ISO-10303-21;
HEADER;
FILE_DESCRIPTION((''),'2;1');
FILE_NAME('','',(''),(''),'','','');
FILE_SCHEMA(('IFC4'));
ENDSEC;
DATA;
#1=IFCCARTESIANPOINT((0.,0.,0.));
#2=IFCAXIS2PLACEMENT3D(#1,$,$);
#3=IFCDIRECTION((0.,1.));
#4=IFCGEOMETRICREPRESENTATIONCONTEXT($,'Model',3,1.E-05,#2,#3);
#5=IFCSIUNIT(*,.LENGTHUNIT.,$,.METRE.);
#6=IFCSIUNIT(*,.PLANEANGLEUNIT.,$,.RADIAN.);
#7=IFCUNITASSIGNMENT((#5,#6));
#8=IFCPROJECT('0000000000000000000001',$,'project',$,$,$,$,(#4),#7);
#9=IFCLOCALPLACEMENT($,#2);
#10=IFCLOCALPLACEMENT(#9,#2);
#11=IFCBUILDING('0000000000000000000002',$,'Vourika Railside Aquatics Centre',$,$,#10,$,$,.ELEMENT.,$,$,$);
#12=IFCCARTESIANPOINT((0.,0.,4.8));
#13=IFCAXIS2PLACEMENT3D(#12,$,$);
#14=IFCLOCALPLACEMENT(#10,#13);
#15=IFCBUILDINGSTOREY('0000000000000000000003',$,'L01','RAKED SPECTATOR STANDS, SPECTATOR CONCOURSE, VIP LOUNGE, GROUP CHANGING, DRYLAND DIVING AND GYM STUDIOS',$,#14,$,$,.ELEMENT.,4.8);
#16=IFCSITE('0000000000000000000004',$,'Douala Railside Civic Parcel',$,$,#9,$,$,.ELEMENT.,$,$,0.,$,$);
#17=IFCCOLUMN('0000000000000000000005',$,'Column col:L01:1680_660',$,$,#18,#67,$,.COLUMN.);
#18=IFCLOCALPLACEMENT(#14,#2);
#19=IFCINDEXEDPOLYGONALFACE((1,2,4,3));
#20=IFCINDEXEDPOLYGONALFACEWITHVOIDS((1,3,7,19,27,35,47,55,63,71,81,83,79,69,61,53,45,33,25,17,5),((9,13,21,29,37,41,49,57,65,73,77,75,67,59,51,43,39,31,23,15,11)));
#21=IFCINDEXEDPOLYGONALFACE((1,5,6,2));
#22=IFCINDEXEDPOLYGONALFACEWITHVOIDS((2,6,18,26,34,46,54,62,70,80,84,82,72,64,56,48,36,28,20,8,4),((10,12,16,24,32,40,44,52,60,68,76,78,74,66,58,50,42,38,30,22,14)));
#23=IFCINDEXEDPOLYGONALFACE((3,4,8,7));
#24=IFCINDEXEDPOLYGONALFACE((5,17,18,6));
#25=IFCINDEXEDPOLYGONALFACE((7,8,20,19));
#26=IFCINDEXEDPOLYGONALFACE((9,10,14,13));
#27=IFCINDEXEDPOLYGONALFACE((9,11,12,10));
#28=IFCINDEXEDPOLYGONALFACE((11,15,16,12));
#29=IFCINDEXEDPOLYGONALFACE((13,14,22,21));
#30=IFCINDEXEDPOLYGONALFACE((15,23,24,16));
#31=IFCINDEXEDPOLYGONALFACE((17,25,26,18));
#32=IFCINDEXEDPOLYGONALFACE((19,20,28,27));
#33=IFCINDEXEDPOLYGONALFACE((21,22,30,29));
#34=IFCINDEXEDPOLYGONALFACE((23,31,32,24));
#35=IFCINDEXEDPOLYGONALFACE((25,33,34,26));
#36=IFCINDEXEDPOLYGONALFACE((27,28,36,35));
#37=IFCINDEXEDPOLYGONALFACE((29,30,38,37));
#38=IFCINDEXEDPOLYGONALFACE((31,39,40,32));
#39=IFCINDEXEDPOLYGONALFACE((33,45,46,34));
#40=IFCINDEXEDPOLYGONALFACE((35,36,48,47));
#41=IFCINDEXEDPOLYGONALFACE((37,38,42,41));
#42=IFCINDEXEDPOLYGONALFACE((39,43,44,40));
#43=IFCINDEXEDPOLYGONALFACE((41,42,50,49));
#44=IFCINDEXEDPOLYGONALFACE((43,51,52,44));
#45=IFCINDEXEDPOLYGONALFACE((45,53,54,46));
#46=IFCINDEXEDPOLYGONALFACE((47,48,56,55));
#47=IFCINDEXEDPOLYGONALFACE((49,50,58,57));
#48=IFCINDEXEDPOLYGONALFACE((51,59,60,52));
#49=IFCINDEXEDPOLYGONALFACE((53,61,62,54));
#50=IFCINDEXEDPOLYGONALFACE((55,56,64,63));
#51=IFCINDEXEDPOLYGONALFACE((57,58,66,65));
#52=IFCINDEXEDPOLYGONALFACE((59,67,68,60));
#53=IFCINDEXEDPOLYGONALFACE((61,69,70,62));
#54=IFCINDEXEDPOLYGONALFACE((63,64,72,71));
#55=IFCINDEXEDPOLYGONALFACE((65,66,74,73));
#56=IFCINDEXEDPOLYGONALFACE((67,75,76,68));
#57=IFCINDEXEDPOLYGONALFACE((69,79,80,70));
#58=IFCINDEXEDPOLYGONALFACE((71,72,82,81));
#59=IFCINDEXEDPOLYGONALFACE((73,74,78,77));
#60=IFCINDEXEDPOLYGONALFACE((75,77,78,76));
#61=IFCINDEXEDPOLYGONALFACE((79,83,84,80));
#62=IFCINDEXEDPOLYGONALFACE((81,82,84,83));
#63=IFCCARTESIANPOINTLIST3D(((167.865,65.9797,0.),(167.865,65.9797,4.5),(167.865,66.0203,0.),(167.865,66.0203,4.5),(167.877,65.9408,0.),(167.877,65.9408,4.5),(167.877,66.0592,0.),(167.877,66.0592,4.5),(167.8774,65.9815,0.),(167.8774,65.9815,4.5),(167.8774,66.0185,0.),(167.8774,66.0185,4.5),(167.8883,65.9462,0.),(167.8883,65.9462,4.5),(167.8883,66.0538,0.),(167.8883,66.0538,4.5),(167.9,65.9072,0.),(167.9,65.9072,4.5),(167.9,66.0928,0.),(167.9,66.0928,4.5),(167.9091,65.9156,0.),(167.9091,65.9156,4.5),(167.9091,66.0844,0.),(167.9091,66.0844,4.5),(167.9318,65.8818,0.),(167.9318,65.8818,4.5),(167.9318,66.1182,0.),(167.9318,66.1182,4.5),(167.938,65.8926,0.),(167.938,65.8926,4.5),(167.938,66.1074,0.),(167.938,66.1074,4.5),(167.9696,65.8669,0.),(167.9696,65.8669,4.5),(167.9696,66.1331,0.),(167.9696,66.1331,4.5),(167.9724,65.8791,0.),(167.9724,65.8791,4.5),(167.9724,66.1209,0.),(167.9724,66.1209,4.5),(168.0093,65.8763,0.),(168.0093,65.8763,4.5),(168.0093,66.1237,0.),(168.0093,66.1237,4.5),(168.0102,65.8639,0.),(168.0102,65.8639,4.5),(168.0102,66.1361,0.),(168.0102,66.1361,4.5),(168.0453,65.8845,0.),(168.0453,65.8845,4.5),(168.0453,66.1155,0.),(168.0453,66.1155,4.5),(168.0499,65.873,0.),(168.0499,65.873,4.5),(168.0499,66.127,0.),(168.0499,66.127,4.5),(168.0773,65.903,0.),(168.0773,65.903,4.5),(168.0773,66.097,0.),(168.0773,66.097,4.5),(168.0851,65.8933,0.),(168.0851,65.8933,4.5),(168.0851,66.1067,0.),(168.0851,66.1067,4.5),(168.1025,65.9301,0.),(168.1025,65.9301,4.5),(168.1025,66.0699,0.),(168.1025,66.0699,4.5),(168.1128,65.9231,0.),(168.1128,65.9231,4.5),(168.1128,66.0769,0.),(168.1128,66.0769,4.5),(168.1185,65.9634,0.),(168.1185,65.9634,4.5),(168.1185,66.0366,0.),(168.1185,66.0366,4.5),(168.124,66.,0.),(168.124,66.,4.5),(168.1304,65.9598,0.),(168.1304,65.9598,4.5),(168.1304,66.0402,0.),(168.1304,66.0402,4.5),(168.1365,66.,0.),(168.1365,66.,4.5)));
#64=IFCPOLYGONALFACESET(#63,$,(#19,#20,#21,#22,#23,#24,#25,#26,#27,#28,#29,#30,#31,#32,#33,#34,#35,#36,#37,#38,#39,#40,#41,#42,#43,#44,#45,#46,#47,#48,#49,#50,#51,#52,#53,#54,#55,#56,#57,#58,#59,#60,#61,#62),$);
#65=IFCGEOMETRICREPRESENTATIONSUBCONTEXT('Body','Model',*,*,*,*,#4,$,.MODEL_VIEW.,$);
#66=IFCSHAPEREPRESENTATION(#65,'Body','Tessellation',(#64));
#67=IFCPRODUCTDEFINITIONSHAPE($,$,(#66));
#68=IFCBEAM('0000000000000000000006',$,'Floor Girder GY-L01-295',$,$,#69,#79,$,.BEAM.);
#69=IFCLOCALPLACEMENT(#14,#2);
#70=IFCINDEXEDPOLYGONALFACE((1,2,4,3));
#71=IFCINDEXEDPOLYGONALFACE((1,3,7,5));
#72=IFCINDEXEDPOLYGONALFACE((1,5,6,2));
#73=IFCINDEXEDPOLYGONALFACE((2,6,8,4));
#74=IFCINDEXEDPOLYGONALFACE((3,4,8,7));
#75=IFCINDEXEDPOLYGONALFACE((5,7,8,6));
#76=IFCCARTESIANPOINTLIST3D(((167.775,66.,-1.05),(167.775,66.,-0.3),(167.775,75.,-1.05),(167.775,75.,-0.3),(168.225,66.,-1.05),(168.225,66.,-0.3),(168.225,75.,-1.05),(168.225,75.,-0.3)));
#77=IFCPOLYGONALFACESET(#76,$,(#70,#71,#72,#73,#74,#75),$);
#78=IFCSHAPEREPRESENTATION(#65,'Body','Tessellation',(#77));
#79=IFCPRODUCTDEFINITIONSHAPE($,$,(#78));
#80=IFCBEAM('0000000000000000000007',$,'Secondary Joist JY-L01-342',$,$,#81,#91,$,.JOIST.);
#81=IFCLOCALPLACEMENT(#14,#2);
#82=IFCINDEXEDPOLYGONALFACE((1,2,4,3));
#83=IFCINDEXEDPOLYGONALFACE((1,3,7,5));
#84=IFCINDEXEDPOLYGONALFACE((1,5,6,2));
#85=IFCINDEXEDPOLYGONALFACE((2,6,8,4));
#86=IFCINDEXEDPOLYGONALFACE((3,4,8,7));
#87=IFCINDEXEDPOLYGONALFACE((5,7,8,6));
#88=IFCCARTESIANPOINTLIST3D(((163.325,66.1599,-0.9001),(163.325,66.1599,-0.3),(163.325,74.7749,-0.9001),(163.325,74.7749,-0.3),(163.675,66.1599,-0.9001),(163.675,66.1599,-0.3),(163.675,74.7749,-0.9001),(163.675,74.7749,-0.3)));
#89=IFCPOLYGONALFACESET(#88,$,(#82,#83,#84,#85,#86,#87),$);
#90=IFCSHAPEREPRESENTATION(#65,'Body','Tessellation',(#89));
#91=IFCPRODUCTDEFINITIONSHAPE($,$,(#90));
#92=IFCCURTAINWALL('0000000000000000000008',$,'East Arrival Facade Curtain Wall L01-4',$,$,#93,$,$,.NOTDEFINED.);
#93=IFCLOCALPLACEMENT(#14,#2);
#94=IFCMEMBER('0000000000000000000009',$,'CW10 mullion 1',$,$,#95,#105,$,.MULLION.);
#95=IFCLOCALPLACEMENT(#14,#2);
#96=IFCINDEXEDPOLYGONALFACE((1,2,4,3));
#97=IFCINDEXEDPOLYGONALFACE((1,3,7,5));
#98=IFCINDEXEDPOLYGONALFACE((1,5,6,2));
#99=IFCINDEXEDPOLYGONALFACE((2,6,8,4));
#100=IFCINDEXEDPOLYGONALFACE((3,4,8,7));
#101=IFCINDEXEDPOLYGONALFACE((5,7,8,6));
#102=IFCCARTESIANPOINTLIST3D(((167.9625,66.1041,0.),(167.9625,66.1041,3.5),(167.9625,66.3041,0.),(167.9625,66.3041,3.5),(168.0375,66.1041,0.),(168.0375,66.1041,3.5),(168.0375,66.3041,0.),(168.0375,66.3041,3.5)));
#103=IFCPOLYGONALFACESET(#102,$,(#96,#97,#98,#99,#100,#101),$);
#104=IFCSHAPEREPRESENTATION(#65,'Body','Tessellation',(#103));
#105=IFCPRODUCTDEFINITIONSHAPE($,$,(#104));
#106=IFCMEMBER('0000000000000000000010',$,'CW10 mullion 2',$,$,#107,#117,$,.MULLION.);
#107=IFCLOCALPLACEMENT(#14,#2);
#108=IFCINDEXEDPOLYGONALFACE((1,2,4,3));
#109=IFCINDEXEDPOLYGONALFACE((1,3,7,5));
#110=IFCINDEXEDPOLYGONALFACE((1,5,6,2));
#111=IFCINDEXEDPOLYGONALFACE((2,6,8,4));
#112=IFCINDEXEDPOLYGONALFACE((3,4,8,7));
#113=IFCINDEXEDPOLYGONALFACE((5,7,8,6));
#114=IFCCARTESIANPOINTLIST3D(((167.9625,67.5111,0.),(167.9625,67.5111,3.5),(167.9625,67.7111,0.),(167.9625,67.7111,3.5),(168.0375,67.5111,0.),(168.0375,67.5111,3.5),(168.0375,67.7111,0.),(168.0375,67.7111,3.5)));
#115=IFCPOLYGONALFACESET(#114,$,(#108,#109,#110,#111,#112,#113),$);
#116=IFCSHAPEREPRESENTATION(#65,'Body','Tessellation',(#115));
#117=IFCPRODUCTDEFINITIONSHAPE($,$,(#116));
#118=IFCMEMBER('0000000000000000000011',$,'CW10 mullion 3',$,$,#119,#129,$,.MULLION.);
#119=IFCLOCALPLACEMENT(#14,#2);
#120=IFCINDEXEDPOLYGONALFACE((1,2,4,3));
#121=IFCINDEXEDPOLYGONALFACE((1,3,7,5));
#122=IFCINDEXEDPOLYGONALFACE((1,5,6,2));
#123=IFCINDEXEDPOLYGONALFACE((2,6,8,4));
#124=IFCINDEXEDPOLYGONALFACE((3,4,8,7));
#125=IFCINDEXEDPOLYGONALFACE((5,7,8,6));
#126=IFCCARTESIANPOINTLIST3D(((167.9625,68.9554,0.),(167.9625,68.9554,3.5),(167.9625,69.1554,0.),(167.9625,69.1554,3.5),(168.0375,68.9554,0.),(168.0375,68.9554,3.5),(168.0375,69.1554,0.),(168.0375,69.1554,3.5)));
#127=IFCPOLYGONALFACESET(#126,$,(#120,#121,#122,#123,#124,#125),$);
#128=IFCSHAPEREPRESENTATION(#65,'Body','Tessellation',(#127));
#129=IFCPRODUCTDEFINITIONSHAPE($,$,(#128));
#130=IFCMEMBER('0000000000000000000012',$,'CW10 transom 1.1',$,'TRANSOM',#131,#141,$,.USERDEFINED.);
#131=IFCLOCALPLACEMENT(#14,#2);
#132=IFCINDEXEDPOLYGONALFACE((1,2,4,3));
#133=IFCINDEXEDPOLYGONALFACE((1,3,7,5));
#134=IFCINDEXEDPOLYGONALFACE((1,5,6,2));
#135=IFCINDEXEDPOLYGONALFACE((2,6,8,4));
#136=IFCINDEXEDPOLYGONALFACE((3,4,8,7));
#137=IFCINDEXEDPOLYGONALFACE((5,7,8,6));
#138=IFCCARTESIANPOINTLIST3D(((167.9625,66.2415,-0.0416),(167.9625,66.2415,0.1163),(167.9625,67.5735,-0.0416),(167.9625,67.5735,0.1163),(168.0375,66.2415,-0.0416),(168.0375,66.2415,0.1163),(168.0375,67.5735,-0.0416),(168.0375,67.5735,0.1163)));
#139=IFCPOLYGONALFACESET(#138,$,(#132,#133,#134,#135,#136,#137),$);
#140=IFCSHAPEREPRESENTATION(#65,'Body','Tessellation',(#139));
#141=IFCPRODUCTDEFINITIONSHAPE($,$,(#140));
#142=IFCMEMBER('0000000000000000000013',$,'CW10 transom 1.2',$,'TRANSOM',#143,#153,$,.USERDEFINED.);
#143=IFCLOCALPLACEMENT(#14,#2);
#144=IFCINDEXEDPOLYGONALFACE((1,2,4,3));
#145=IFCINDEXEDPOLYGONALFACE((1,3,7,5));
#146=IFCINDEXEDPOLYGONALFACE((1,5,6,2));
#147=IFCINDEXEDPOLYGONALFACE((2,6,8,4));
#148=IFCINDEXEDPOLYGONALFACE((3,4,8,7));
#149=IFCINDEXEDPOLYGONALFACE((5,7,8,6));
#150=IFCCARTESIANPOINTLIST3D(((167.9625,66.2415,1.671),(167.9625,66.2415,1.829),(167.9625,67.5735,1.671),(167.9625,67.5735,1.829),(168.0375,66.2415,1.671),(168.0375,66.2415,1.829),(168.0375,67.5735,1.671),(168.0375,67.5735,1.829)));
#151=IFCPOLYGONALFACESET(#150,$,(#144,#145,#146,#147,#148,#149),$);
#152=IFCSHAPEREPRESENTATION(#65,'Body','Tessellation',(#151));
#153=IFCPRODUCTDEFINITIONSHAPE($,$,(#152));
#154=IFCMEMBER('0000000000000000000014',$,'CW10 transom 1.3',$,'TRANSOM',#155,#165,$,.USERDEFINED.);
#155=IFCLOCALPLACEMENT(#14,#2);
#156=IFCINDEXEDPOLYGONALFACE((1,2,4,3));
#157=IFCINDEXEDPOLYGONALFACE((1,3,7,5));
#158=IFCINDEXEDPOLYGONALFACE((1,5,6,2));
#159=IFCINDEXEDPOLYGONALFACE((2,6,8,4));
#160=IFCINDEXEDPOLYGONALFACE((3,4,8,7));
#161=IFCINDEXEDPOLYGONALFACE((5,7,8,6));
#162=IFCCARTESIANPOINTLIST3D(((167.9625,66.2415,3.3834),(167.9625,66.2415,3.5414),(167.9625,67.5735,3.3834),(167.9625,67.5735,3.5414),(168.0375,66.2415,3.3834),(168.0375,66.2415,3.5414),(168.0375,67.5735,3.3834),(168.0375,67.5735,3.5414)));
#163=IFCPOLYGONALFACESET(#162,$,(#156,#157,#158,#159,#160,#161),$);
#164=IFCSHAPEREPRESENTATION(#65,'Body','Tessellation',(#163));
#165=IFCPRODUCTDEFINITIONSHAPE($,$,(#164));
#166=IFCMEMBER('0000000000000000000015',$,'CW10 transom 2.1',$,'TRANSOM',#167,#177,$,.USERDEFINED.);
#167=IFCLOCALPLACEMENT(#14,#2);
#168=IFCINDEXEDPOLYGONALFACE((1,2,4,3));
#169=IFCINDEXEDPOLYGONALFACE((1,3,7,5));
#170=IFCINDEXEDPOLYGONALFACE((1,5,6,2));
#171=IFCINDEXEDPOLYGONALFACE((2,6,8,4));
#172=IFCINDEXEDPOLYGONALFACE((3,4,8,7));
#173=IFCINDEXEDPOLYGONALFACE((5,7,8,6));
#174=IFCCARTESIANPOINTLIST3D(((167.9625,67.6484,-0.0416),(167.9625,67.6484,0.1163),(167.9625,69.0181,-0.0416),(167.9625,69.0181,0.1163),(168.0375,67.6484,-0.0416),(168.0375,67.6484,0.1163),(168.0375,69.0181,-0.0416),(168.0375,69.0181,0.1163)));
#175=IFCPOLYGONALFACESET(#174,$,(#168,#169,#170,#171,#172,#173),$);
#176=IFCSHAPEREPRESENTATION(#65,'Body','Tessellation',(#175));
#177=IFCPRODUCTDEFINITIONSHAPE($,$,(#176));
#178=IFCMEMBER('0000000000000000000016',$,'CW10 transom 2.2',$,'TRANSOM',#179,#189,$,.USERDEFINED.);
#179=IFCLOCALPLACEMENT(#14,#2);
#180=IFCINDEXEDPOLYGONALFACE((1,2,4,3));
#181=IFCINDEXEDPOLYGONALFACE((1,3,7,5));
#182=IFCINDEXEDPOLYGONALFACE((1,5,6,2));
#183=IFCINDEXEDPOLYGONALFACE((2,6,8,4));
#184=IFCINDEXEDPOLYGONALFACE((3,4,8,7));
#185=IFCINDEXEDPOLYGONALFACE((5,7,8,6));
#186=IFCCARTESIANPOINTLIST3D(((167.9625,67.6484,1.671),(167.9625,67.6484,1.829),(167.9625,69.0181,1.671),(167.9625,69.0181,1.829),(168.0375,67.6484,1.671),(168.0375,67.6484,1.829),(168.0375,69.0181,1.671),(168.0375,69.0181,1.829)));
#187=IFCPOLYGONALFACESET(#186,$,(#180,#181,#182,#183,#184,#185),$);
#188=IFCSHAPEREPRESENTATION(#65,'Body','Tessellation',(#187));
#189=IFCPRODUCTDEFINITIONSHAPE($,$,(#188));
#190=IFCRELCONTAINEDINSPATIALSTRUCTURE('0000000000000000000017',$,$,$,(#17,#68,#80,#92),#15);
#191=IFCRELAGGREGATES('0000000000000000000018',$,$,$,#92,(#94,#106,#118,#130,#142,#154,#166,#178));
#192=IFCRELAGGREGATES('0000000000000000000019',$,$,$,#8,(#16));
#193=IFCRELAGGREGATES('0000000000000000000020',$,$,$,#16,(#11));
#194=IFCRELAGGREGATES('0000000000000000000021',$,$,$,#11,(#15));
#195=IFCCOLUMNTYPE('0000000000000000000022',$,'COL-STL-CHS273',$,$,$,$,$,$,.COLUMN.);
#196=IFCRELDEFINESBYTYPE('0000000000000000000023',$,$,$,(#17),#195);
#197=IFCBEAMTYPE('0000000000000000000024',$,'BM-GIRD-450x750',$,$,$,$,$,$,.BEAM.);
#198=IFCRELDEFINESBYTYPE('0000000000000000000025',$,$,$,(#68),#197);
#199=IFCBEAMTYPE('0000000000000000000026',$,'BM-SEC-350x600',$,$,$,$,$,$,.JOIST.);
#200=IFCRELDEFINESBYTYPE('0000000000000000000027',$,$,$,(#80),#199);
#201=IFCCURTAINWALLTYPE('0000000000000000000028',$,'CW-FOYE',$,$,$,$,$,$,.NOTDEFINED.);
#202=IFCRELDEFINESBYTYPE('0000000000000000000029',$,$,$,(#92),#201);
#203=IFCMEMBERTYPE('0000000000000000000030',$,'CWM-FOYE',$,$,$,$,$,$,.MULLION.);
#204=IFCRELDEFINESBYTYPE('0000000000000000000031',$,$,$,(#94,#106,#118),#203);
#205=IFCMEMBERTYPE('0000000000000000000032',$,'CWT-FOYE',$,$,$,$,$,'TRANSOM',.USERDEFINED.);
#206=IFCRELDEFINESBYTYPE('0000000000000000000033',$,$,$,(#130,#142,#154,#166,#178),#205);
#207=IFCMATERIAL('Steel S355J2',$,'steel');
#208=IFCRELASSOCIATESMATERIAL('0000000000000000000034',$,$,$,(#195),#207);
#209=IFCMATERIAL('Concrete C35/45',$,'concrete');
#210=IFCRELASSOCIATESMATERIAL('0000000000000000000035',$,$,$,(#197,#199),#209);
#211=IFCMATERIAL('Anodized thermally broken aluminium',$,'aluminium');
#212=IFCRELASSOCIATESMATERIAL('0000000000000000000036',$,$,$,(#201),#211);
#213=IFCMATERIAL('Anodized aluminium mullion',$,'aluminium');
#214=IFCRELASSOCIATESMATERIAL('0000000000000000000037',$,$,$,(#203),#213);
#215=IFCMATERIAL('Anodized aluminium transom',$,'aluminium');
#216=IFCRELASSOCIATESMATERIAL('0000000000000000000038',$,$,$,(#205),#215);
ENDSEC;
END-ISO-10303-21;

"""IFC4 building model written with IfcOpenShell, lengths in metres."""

from ifc_helpers import new_model, si_unit, direction, frame, origin, origin_2d, place, context, subcontext, project, spatial, rectangle, hollow_circle, extrude, material, material_profile, profile_set, type_object, element, aggregate, save


model = new_model("IFC4")

# Units and contexts
model_context = context("Model", 3, precision=1e-05, world=origin(), true_north=direction((0.0, 1.0)))
body_context = subcontext(model_context, "Body", "Model", "MODEL_VIEW")
ifc_project = project(units=[si_unit("LENGTHUNIT", "METRE"), si_unit("PLANEANGLEUNIT", "RADIAN")], contexts=[model_context])

# Site, building, storey
site_placement = place(None, origin())
site = spatial("IfcSite", under=ifc_project, at=site_placement, Name="Douala Railside Civic Parcel", CompositionType="ELEMENT", RefElevation=0.0)
building_placement = place(site_placement, origin())
building = spatial("IfcBuilding", under=site, at=building_placement, Name="Vourika Railside Aquatics Centre", CompositionType="ELEMENT")
storey_placement = place(building_placement, frame((0.0, 0.0, 4.8)))
storey = spatial("IfcBuildingStorey", under=building, at=storey_placement, Name="L01", Description="RAKED SPECTATOR STANDS, SPECTATOR CONCOURSE, VIP LOUNGE, GROUP CHANGING, DRYLAND DIVING AND GYM STUDIOS", CompositionType="ELEMENT", Elevation=4.8)

# Column
ifc_material_1 = material(Name="Steel S355J2", Category="steel")
ifc_material_profile_1 = material_profile(ifc_material_1, hollow_circle(Radius=0.1365, WallThickness=0.0125, at=origin_2d()), Name="CHS 273x12.5")
ifc_profile_set_1 = profile_set([ifc_material_profile_1], Name="Steel S355J2")
column_type = type_object("IfcColumnType", Name="COL-STL-CHS273", PredefinedType="COLUMN", material=ifc_profile_set_1)
column_placement = place(storey_placement, frame((168.0, 66.0, 0.0), z_axis=(0.0, 0.0, 1.0), x_axis=(1.0, 0.0, 0.0)))
element("IfcColumn", 1, at=column_placement, inside=storey, type_object=column_type, Name="Column col:L01:1680_660", PredefinedType="COLUMN", context=body_context, shape_type="SweptSolid", body=[
    extrude(hollow_circle(Radius=0.1365, WallThickness=0.0125, at=origin_2d()), origin(), (0.0, 0.0, 1.0), 4.5),
])

# Beams
ifc_material_2 = material(Name="Concrete C35/45", Category="concrete")
ifc_material_profile_2 = material_profile(ifc_material_2, rectangle(XDim=0.45, YDim=0.75, at=origin_2d()), Name="RC 450x750")
ifc_profile_set_2 = profile_set([ifc_material_profile_2], Name="Concrete C35/45")
beam_type_1 = type_object("IfcBeamType", Name="BM-GIRD-450x750", PredefinedType="BEAM", material=ifc_profile_set_2)
beam_1_placement = place(storey_placement, frame((168.0, 66.0, -0.675), z_axis=(0.0, 1.0, 0.0), x_axis=(-1.0, 0.0, 0.0)))
element("IfcBeam", 2, at=beam_1_placement, inside=storey, type_object=beam_type_1, Name="Floor Girder GY-L01-295", PredefinedType="BEAM", context=body_context, shape_type="SweptSolid", body=[
    extrude(rectangle(XDim=0.45, YDim=0.75, at=origin_2d()), origin(), (0.0, 0.0, 1.0), 9.0),
])
ifc_material_profile_3 = material_profile(ifc_material_2, rectangle(XDim=0.3501, YDim=0.6001, at=origin_2d()), Name="RC 350x600")
ifc_profile_set_3 = profile_set([ifc_material_profile_3], Name="Concrete C35/45")
beam_type_2 = type_object("IfcBeamType", Name="BM-SEC-350x600", PredefinedType="JOIST", material=ifc_profile_set_3)
beam_2_placement = place(storey_placement, frame((163.5, 66.1599, -0.6001), z_axis=(0.0, 1.0, 0.0), x_axis=(-1.0, 0.0, 0.0)))
element("IfcBeam", 3, at=beam_2_placement, inside=storey, type_object=beam_type_2, Name="Secondary Joist JY-L01-342", PredefinedType="JOIST", context=body_context, shape_type="SweptSolid", body=[
    extrude(rectangle(XDim=0.3501, YDim=0.6001, at=origin_2d()), origin(), (0.0, 0.0, 1.0), 8.615),
])

# Curtain wall, members
ifc_material_3 = material(Name="Anodized thermally broken aluminium", Category="aluminium")
curtain_wall_type = type_object("IfcCurtainWallType", Name="CW-FOYE", PredefinedType="NOTDEFINED", material=ifc_material_3)
curtain_wall_placement = place(storey_placement, origin())
curtain_wall = element("IfcCurtainWall", 4, at=curtain_wall_placement, inside=storey, type_object=curtain_wall_type, Name="East Arrival Facade Curtain Wall L01-4", PredefinedType="NOTDEFINED")
ifc_material_4 = material(Name="Anodized aluminium mullion", Category="aluminium")
ifc_material_profile_4 = material_profile(ifc_material_4, rectangle(XDim=0.075, YDim=0.2, at=origin_2d()), Name="ALU-M 75x200")
ifc_profile_set_4 = profile_set([ifc_material_profile_4], Name="Anodized aluminium mullion")
member_type_1 = type_object("IfcMemberType", Name="CWM-FOYE", PredefinedType="MULLION", material=ifc_profile_set_4)
member_1_placement = place(storey_placement, frame((168.0, 66.2041, 0.0), z_axis=(0.0, 0.0, 1.0), x_axis=(-1.0, 0.0, 0.0)))
member_1 = element("IfcMember", 5, at=member_1_placement, type_object=member_type_1, Name="CW10 mullion 1", PredefinedType="MULLION", context=body_context, shape_type="SweptSolid", body=[
    extrude(rectangle(XDim=0.075, YDim=0.2, at=origin_2d()), origin(), (0.0, 0.0, 1.0), 3.5),
])
member_2_placement = place(storey_placement, frame((168.0, 67.6111, 0.0), z_axis=(0.0, 0.0, 1.0), x_axis=(-1.0, 0.0, 0.0)))
member_2 = element("IfcMember", 6, at=member_2_placement, type_object=member_type_1, Name="CW10 mullion 2", PredefinedType="MULLION", context=body_context, shape_type="SweptSolid", body=[
    extrude(rectangle(XDim=0.075, YDim=0.2, at=origin_2d()), origin(), (0.0, 0.0, 1.0), 3.5),
])
member_3_placement = place(storey_placement, frame((168.0, 69.0554, 0.0), z_axis=(0.0, 0.0, 1.0), x_axis=(-1.0, 0.0, 0.0)))
member_3 = element("IfcMember", 7, at=member_3_placement, type_object=member_type_1, Name="CW10 mullion 3", PredefinedType="MULLION", context=body_context, shape_type="SweptSolid", body=[
    extrude(rectangle(XDim=0.075, YDim=0.2, at=origin_2d()), origin(), (0.0, 0.0, 1.0), 3.5),
])
ifc_material_5 = material(Name="Anodized aluminium transom", Category="aluminium")
ifc_material_profile_5 = material_profile(ifc_material_5, rectangle(XDim=0.075, YDim=0.158, at=origin_2d()), Name="ALU-T 75x158")
ifc_profile_set_5 = profile_set([ifc_material_profile_5], Name="Anodized aluminium transom")
member_type_2 = type_object("IfcMemberType", Name="CWT-FOYE", ElementType="TRANSOM", PredefinedType="USERDEFINED", material=ifc_profile_set_5)
member_4_placement = place(storey_placement, frame((168.0, 66.2415, 0.0374), z_axis=(0.0, 1.0, 0.0), x_axis=(-1.0, 0.0, 0.0)))
member_4 = element("IfcMember", 8, at=member_4_placement, type_object=member_type_2, Name="CW10 transom 1.1", ObjectType="TRANSOM", PredefinedType="USERDEFINED", context=body_context, shape_type="SweptSolid", body=[
    extrude(rectangle(XDim=0.075, YDim=0.158, at=origin_2d()), origin(), (0.0, 0.0, 1.0), 1.332),
])
member_5_placement = place(storey_placement, frame((168.0, 66.2415, 1.75), z_axis=(0.0, 1.0, 0.0), x_axis=(-1.0, 0.0, 0.0)))
member_5 = element("IfcMember", 9, at=member_5_placement, type_object=member_type_2, Name="CW10 transom 1.2", ObjectType="TRANSOM", PredefinedType="USERDEFINED", context=body_context, shape_type="SweptSolid", body=[
    extrude(rectangle(XDim=0.075, YDim=0.158, at=origin_2d()), origin(), (0.0, 0.0, 1.0), 1.332),
])
member_6_placement = place(storey_placement, frame((168.0, 66.2415, 3.4624), z_axis=(0.0, 1.0, 0.0), x_axis=(-1.0, 0.0, 0.0)))
member_6 = element("IfcMember", 10, at=member_6_placement, type_object=member_type_2, Name="CW10 transom 1.3", ObjectType="TRANSOM", PredefinedType="USERDEFINED", context=body_context, shape_type="SweptSolid", body=[
    extrude(rectangle(XDim=0.075, YDim=0.158, at=origin_2d()), origin(), (0.0, 0.0, 1.0), 1.332),
])
member_7_placement = place(storey_placement, frame((168.0, 67.6484, 0.0374), z_axis=(0.0, 1.0, 0.0), x_axis=(-1.0, 0.0, 0.0)))
member_7 = element("IfcMember", 11, at=member_7_placement, type_object=member_type_2, Name="CW10 transom 2.1", ObjectType="TRANSOM", PredefinedType="USERDEFINED", context=body_context, shape_type="SweptSolid", body=[
    extrude(rectangle(XDim=0.075, YDim=0.158, at=origin_2d()), origin(), (0.0, 0.0, 1.0), 1.3696),
])
member_8_placement = place(storey_placement, frame((168.0, 67.6484, 1.75), z_axis=(0.0, 1.0, 0.0), x_axis=(-1.0, 0.0, 0.0)))
member_8 = element("IfcMember", 12, at=member_8_placement, type_object=member_type_2, Name="CW10 transom 2.2", ObjectType="TRANSOM", PredefinedType="USERDEFINED", context=body_context, shape_type="SweptSolid", body=[
    extrude(rectangle(XDim=0.075, YDim=0.158, at=origin_2d()), origin(), (0.0, 0.0, 1.0), 1.3696),
])
aggregate(curtain_wall, [member_1, member_2, member_3, member_4, member_5, member_6, member_7, member_8])

save(model, "model.ifc")
